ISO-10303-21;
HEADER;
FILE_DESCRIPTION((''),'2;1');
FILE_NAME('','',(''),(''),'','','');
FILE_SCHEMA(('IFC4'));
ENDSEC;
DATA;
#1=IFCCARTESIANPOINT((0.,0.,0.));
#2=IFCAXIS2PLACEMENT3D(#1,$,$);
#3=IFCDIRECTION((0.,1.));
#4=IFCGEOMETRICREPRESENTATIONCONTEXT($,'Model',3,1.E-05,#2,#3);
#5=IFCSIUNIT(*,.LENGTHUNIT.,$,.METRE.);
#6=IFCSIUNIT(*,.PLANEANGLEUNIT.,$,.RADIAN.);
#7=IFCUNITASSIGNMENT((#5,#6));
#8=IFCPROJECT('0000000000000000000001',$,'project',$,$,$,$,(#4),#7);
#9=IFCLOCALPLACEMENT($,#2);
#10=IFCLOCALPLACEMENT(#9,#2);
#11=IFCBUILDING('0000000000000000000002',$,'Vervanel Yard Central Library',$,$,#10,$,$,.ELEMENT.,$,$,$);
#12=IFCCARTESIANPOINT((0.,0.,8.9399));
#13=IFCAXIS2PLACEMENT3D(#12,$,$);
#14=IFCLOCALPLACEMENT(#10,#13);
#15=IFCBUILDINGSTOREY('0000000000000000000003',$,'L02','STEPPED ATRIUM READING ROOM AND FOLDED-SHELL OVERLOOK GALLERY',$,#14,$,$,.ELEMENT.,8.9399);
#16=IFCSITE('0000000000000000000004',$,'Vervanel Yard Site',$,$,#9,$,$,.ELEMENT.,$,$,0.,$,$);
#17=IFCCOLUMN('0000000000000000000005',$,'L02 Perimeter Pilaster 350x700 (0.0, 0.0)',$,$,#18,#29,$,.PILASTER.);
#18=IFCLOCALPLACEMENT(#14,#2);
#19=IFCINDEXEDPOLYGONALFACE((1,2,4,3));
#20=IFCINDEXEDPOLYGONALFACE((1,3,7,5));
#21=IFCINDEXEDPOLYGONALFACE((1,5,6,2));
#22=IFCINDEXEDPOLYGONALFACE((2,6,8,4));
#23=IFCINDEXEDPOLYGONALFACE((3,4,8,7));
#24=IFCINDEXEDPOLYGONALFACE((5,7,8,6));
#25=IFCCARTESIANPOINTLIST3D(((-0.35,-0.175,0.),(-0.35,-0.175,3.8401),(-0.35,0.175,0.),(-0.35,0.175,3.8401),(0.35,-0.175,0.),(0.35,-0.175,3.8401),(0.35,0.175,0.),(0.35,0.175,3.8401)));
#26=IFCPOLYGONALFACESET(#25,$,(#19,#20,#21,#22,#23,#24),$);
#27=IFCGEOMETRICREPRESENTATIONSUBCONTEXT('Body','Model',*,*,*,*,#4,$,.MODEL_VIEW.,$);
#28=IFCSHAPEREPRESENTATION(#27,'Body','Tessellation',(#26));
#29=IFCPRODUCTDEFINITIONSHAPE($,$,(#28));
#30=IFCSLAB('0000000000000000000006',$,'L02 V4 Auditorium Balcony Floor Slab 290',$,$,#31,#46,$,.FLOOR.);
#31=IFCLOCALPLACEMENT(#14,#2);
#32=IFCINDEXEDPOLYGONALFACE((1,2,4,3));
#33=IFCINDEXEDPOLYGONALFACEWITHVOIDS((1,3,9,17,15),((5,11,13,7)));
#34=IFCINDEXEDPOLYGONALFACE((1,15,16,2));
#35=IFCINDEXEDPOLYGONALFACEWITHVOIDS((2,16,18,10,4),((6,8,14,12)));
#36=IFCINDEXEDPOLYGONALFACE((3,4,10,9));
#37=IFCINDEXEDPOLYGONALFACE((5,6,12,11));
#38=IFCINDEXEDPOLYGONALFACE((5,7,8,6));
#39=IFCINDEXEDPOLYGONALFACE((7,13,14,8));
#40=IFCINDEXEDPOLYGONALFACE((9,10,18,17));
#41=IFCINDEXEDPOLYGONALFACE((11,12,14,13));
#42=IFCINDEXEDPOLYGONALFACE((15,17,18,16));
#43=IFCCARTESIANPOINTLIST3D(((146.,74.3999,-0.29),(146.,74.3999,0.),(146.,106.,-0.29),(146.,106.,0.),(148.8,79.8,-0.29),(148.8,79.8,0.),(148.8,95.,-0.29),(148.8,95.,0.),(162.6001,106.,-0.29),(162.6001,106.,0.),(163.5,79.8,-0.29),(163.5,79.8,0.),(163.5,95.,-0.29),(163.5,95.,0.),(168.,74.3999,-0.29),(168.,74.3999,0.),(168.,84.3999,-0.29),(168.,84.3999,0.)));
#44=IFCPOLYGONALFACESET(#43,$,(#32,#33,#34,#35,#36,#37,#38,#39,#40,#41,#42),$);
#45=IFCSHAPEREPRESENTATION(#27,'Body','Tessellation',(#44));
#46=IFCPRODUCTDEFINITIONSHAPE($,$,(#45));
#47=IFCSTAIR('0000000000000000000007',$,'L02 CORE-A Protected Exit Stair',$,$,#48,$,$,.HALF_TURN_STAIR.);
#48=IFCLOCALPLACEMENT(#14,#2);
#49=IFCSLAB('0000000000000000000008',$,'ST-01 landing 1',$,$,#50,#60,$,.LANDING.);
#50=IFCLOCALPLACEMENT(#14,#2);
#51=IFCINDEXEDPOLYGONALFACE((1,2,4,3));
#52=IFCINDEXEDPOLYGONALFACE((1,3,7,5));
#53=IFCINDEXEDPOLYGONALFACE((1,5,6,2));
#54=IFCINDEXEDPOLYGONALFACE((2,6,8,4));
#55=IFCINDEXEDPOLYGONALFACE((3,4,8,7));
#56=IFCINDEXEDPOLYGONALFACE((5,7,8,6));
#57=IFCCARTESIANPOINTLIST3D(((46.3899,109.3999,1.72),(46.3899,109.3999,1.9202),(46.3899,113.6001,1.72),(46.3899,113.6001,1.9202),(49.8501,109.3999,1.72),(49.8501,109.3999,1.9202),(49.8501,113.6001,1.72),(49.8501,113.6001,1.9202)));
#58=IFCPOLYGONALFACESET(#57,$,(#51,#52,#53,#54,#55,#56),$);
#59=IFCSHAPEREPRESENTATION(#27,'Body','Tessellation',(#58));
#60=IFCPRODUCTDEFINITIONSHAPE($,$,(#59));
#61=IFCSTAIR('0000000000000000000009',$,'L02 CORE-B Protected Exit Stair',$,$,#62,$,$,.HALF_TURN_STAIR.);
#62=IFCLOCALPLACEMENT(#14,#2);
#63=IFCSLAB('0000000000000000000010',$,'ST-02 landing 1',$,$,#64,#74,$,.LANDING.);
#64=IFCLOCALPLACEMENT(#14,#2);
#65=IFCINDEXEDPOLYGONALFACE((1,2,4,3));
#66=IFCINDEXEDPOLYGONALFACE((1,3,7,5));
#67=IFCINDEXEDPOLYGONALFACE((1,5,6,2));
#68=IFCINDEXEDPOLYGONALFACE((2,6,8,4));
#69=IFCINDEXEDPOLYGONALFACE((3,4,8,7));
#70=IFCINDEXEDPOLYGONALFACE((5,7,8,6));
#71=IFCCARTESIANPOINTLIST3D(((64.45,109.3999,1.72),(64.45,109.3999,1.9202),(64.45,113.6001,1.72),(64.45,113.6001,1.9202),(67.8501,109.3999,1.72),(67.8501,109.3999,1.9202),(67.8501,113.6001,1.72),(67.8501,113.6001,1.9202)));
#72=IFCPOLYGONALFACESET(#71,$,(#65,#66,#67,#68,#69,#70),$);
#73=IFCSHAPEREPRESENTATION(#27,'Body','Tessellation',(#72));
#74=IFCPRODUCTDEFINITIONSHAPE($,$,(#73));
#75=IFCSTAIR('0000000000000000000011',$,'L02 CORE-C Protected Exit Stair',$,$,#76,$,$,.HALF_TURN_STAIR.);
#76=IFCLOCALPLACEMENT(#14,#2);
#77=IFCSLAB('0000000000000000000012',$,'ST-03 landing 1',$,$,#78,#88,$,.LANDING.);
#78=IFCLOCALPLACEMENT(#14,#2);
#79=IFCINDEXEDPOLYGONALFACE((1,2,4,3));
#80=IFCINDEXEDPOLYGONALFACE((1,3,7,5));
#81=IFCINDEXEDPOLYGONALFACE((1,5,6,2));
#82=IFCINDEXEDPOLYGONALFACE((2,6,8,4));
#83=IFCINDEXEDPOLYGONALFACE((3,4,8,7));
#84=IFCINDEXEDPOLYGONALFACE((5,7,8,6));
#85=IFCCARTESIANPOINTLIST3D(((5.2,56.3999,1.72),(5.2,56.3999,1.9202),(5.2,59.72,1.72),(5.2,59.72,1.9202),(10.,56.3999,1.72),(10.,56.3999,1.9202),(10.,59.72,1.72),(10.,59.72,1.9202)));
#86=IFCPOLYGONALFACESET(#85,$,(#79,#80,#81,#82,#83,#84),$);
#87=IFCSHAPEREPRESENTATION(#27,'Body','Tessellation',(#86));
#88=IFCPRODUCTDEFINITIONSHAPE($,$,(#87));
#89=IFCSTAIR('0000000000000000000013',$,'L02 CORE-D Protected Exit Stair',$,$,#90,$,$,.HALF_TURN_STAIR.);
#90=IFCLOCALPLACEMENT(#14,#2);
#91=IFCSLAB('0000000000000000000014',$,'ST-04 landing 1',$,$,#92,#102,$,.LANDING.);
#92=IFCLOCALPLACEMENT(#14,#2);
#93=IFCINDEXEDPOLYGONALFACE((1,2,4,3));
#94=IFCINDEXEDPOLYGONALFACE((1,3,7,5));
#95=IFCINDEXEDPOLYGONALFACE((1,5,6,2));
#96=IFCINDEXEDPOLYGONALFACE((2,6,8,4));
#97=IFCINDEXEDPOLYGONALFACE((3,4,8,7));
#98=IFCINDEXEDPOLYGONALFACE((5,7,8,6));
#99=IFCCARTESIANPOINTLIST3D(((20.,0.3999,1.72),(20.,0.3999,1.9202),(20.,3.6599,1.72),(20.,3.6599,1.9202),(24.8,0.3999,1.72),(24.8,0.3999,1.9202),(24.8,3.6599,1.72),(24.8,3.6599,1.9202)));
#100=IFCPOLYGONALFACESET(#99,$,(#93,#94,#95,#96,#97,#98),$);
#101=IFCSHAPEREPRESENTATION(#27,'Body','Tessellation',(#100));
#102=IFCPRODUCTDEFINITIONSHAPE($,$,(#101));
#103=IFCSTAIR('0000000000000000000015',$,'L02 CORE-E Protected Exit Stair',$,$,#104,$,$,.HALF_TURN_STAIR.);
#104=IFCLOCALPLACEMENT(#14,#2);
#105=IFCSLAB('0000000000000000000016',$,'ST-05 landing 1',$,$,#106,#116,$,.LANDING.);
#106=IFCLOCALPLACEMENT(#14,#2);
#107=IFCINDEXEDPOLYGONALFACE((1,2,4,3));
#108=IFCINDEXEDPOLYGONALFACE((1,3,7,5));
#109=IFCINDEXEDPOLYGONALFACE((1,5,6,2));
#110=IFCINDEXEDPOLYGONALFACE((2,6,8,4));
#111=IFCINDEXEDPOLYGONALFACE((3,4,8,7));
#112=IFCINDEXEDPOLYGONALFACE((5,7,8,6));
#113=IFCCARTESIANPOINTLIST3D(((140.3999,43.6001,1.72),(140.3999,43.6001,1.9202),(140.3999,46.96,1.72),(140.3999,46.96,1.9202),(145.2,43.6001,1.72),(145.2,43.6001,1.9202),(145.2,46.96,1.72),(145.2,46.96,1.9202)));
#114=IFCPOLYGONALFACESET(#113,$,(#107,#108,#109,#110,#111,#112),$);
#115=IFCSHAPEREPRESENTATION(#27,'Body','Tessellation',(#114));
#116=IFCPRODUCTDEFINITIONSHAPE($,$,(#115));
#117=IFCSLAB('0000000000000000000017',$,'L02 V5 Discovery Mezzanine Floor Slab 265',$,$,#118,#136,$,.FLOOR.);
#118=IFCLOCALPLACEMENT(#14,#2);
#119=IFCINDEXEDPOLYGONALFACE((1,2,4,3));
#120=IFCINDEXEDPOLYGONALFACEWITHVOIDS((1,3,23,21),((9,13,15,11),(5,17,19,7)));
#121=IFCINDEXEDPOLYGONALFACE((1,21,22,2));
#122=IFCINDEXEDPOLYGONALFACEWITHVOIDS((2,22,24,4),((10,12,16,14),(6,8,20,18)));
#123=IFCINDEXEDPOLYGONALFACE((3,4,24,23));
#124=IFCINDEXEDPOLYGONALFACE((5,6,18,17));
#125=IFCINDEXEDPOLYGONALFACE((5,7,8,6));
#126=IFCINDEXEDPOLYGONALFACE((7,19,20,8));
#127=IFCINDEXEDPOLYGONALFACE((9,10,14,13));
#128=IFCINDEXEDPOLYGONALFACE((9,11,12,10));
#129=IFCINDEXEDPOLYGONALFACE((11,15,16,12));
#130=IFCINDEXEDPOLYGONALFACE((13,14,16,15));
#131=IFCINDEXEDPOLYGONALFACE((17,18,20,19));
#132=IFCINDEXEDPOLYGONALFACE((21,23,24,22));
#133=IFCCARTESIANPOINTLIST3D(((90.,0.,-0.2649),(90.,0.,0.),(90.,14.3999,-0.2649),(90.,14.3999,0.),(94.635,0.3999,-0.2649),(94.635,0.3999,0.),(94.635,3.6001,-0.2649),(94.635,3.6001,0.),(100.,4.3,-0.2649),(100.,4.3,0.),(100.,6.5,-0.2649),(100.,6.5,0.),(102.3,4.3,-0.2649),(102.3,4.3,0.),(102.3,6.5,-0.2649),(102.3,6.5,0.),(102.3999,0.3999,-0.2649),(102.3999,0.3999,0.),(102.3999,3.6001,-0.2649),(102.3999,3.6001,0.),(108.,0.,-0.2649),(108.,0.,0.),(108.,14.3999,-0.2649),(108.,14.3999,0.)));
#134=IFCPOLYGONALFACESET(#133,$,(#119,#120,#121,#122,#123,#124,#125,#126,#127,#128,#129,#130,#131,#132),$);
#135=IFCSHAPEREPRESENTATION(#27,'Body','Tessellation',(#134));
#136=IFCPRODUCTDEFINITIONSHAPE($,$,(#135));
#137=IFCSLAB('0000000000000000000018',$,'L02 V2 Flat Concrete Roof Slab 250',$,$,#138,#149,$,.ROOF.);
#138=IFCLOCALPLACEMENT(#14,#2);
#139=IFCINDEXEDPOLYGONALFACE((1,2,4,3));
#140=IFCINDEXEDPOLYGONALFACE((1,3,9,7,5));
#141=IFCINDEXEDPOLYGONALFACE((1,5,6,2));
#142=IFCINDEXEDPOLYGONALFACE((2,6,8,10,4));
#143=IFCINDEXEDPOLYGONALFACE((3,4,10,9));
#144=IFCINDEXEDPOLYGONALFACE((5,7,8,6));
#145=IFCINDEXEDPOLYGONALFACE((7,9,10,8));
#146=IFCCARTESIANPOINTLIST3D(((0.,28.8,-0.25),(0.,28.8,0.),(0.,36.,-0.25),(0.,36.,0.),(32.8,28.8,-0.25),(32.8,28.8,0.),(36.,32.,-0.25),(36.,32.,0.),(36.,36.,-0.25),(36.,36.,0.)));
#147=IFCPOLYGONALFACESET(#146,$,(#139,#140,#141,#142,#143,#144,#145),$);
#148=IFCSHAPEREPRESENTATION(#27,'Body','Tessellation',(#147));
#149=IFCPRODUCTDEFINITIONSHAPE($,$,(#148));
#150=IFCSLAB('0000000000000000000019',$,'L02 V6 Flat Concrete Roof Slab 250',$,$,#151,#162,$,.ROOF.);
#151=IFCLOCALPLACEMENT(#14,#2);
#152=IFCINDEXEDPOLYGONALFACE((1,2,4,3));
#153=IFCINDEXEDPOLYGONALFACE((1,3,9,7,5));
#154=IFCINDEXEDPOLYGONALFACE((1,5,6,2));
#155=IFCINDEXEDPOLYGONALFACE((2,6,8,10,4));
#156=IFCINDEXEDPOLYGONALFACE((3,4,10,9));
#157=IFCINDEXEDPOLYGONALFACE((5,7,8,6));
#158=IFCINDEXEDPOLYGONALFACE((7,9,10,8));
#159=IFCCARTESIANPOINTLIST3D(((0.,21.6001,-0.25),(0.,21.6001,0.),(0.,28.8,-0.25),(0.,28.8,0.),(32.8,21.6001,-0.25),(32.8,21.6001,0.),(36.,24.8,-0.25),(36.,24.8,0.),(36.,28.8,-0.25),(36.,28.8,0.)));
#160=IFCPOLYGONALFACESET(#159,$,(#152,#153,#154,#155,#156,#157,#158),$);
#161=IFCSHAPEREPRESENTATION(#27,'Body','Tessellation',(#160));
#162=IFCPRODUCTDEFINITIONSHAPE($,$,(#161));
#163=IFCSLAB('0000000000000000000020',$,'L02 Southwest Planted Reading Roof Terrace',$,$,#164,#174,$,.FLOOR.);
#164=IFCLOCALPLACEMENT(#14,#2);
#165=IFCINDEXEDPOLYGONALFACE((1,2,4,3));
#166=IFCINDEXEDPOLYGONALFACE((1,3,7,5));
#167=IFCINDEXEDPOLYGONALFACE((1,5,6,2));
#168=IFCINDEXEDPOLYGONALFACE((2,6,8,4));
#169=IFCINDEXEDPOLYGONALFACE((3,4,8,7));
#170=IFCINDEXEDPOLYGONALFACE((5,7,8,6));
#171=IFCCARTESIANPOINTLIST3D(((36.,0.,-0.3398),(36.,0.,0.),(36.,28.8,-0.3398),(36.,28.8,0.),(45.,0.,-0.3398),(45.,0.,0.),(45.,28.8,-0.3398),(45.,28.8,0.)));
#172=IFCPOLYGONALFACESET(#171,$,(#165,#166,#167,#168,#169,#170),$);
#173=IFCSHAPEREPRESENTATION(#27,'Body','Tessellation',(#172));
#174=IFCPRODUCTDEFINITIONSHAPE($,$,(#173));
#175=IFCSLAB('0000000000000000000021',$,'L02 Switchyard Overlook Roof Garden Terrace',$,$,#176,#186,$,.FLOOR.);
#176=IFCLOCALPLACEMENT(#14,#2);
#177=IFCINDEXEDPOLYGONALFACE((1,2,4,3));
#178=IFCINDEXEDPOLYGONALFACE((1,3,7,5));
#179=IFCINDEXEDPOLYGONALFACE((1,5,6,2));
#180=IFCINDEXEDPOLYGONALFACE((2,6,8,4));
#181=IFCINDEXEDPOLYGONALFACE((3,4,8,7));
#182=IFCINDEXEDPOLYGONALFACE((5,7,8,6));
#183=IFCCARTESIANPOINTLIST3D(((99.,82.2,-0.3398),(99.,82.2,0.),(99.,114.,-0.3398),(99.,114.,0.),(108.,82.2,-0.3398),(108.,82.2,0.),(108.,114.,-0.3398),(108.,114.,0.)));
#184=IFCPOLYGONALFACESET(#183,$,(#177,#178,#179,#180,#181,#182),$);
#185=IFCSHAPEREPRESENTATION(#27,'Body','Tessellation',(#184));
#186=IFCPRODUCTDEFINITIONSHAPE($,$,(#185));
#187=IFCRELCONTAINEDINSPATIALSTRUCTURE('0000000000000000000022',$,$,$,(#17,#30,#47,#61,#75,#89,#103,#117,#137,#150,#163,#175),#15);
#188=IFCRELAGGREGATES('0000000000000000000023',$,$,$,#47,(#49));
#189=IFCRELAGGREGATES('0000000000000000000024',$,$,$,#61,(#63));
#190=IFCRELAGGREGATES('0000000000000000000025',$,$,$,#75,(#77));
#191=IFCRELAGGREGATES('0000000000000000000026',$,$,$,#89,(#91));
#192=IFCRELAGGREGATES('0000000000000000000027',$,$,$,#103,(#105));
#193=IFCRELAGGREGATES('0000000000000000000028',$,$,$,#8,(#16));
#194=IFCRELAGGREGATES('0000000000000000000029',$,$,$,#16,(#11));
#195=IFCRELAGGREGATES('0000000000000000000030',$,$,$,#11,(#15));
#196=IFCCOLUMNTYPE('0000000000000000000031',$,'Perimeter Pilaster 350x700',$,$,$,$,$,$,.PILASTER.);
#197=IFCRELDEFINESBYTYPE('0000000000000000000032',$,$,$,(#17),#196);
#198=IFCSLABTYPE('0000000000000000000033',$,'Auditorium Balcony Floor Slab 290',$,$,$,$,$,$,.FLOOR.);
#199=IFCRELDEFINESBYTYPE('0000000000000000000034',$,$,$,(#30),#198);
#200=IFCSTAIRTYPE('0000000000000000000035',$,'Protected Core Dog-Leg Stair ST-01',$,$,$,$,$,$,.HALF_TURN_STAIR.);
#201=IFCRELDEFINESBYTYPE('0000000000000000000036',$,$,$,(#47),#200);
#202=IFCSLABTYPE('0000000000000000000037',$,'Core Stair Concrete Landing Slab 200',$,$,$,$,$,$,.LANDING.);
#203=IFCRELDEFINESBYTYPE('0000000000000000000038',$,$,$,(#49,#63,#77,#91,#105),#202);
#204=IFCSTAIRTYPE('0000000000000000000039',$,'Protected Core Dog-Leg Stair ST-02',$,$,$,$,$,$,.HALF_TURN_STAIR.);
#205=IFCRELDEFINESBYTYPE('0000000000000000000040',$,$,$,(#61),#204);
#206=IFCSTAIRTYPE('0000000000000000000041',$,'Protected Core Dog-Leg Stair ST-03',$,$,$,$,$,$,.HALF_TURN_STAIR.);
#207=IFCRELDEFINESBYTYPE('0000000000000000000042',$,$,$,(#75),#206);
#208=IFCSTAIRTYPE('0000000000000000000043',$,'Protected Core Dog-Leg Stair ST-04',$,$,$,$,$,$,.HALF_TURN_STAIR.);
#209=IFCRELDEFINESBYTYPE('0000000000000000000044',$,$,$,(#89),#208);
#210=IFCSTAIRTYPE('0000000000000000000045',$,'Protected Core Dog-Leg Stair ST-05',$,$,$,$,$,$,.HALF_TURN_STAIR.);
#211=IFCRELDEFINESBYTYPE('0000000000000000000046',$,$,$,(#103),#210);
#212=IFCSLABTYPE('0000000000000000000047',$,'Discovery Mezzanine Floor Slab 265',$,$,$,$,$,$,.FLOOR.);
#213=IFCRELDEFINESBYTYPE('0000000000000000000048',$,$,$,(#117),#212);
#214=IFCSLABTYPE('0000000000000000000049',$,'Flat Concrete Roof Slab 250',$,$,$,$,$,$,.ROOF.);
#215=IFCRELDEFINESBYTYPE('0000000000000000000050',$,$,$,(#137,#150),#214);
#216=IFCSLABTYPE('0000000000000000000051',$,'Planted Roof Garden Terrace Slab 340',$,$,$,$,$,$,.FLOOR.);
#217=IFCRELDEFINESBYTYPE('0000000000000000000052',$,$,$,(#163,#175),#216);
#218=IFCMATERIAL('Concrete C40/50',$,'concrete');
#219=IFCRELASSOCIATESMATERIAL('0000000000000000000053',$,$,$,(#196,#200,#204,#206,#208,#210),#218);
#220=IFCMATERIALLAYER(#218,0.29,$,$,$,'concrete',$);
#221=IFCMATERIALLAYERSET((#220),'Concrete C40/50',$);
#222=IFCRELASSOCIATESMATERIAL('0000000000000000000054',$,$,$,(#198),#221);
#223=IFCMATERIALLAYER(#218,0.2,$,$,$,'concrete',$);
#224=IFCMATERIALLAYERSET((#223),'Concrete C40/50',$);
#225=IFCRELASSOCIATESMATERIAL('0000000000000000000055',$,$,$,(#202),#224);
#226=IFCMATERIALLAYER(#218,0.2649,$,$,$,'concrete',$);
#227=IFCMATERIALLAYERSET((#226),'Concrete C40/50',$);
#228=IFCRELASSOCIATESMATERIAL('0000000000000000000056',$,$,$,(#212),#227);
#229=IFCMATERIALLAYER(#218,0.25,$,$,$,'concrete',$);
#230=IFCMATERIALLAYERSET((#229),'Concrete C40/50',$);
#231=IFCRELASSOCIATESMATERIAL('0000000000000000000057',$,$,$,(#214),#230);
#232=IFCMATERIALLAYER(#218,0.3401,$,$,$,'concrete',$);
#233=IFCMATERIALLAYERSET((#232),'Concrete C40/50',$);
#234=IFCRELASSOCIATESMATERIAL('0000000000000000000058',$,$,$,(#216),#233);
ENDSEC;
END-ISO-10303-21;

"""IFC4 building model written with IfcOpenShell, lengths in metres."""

from ifc_helpers import new_model, si_unit, direction, frame, origin, origin_2d, place, context, subcontext, project, spatial, polyline, rectangle, outline, extrude, material, layer, layer_set, material_profile, profile_set, type_object, element, aggregate, save


model = new_model("IFC4")

# Units and contexts
model_context = context("Model", 3, precision=1e-05, world=origin(), true_north=direction((0.0, 1.0)))
body_context = subcontext(model_context, "Body", "Model", "MODEL_VIEW")
ifc_project = project(units=[si_unit("LENGTHUNIT", "METRE"), si_unit("PLANEANGLEUNIT", "RADIAN")], contexts=[model_context])

# Site, building, storey
site_placement = place(None, origin())
site = spatial("IfcSite", under=ifc_project, at=site_placement, Name="Vervanel Yard Site", CompositionType="ELEMENT", RefElevation=0.0)
building_placement = place(site_placement, origin())
building = spatial("IfcBuilding", under=site, at=building_placement, Name="Vervanel Yard Central Library", CompositionType="ELEMENT")
storey_placement = place(building_placement, frame((0.0, 0.0, 8.9399)))
storey = spatial("IfcBuildingStorey", under=building, at=storey_placement, Name="L02", Description="STEPPED ATRIUM READING ROOM AND FOLDED-SHELL OVERLOOK GALLERY", CompositionType="ELEMENT", Elevation=8.9399)

# Column
ifc_material_1 = material(Name="Concrete C40/50", Category="concrete")
ifc_material_profile = material_profile(ifc_material_1, rectangle(XDim=0.3501, YDim=0.7, at=origin_2d()), Name="RC 350x700", Category="concrete")
ifc_profile_set = profile_set([ifc_material_profile], Name="Concrete C40/50")
column_type = type_object("IfcColumnType", Name="Perimeter Pilaster 350x700", PredefinedType="PILASTER", material=ifc_profile_set)
column_placement = place(storey_placement, frame((0.0, 0.0, 0.0), z_axis=(0.0, 0.0, 1.0), x_axis=(0.0, 1.0, 0.0)))
element("IfcColumn", 1, at=column_placement, inside=storey, type_object=column_type, Name="L02 Perimeter Pilaster 350x700 (0.0, 0.0)", PredefinedType="PILASTER", context=body_context, shape_type="SweptSolid", body=[
    extrude(rectangle(XDim=0.3501, YDim=0.7, at=origin_2d()), origin(), (0.0, 0.0, 1.0), 3.8401),
])

# Slab
ifc_layer_1 = layer(ifc_material_1, 0.29, Category="concrete")
ifc_layer_set_1 = layer_set([ifc_layer_1], Name="Concrete C40/50")
slab_type_1 = type_object("IfcSlabType", Name="Auditorium Balcony Floor Slab 290", PredefinedType="FLOOR", material=ifc_layer_set_1)
slab_1_placement = place(storey_placement, frame((0.0, 0.0, -0.29)))
element("IfcSlab", 2, at=slab_1_placement, inside=storey, type_object=slab_type_1, Name="L02 V4 Auditorium Balcony Floor Slab 290", PredefinedType="FLOOR", context=body_context, shape_type="SweptSolid", body=[
    extrude(outline(polyline([(146.0, 74.3999), (168.0, 74.3999), (168.0, 84.3999), (162.6001, 106.0), (146.0, 106.0), (146.0, 74.3999)]), holes=[polyline([(148.8, 79.8), (163.5, 79.8), (163.5, 95.0), (148.8, 95.0), (148.8, 79.8)])]), origin(), (0.0, 0.0, 1.0), 0.29),
])

# Stairs, slabs
stair_type_1 = type_object("IfcStairType", Name="Protected Core Dog-Leg Stair ST-01", PredefinedType="HALF_TURN_STAIR", material=ifc_material_1)
stair_1_placement = place(storey_placement, origin())
stair_1 = element("IfcStair", 3, at=stair_1_placement, inside=storey, type_object=stair_type_1, Name="L02 CORE-A Protected Exit Stair", PredefinedType="HALF_TURN_STAIR")
ifc_layer_2 = layer(ifc_material_1, 0.2, Category="concrete")
ifc_layer_set_2 = layer_set([ifc_layer_2], Name="Concrete C40/50")
slab_type_2 = type_object("IfcSlabType", Name="Core Stair Concrete Landing Slab 200", PredefinedType="LANDING", material=ifc_layer_set_2)
slab_2_placement = place(storey_placement, frame((0.0, 0.0, 1.72)))
slab_2 = element("IfcSlab", 4, at=slab_2_placement, type_object=slab_type_2, Name="ST-01 landing 1", PredefinedType="LANDING", context=body_context, shape_type="SweptSolid", body=[
    extrude(outline(polyline([(49.8501, 109.3999), (49.8501, 113.6001), (46.3899, 113.6001), (46.3899, 109.3999), (49.8501, 109.3999)])), origin(), (0.0, 0.0, 1.0), 0.2002),
])
aggregate(stair_1, [slab_2])
stair_type_2 = type_object("IfcStairType", Name="Protected Core Dog-Leg Stair ST-02", PredefinedType="HALF_TURN_STAIR", material=ifc_material_1)
stair_2_placement = place(storey_placement, origin())
stair_2 = element("IfcStair", 5, at=stair_2_placement, inside=storey, type_object=stair_type_2, Name="L02 CORE-B Protected Exit Stair", PredefinedType="HALF_TURN_STAIR")
slab_3_placement = place(storey_placement, frame((0.0, 0.0, 1.72)))
slab_3 = element("IfcSlab", 6, at=slab_3_placement, type_object=slab_type_2, Name="ST-02 landing 1", PredefinedType="LANDING", context=body_context, shape_type="SweptSolid", body=[
    extrude(outline(polyline([(67.8501, 109.3999), (67.8501, 113.6001), (64.45, 113.6001), (64.45, 109.3999), (67.8501, 109.3999)])), origin(), (0.0, 0.0, 1.0), 0.2002),
])
aggregate(stair_2, [slab_3])
stair_type_3 = type_object("IfcStairType", Name="Protected Core Dog-Leg Stair ST-03", PredefinedType="HALF_TURN_STAIR", material=ifc_material_1)
stair_3_placement = place(storey_placement, origin())
stair_3 = element("IfcStair", 7, at=stair_3_placement, inside=storey, type_object=stair_type_3, Name="L02 CORE-C Protected Exit Stair", PredefinedType="HALF_TURN_STAIR")
slab_4_placement = place(storey_placement, frame((0.0, 0.0, 1.72)))
slab_4 = element("IfcSlab", 8, at=slab_4_placement, type_object=slab_type_2, Name="ST-03 landing 1", PredefinedType="LANDING", context=body_context, shape_type="SweptSolid", body=[
    extrude(outline(polyline([(5.2, 56.3999), (10.0, 56.3999), (10.0, 59.72), (5.2, 59.72), (5.2, 56.3999)])), origin(), (0.0, 0.0, 1.0), 0.2002),
])
aggregate(stair_3, [slab_4])
stair_type_4 = type_object("IfcStairType", Name="Protected Core Dog-Leg Stair ST-04", PredefinedType="HALF_TURN_STAIR", material=ifc_material_1)
stair_4_placement = place(storey_placement, origin())
stair_4 = element("IfcStair", 9, at=stair_4_placement, inside=storey, type_object=stair_type_4, Name="L02 CORE-D Protected Exit Stair", PredefinedType="HALF_TURN_STAIR")
slab_5_placement = place(storey_placement, frame((0.0, 0.0, 1.72)))
slab_5 = element("IfcSlab", 10, at=slab_5_placement, type_object=slab_type_2, Name="ST-04 landing 1", PredefinedType="LANDING", context=body_context, shape_type="SweptSolid", body=[
    extrude(outline(polyline([(20.0, 0.3999), (24.8, 0.3999), (24.8, 3.6599), (20.0, 3.6599), (20.0, 0.3999)])), origin(), (0.0, 0.0, 1.0), 0.2002),
])
aggregate(stair_4, [slab_5])
stair_type_5 = type_object("IfcStairType", Name="Protected Core Dog-Leg Stair ST-05", PredefinedType="HALF_TURN_STAIR", material=ifc_material_1)
stair_5_placement = place(storey_placement, origin())
stair_5 = element("IfcStair", 11, at=stair_5_placement, inside=storey, type_object=stair_type_5, Name="L02 CORE-E Protected Exit Stair", PredefinedType="HALF_TURN_STAIR")
slab_6_placement = place(storey_placement, frame((0.0, 0.0, 1.72)))
slab_6 = element("IfcSlab", 12, at=slab_6_placement, type_object=slab_type_2, Name="ST-05 landing 1", PredefinedType="LANDING", context=body_context, shape_type="SweptSolid", body=[
    extrude(outline(polyline([(140.3999, 43.6001), (145.2, 43.6001), (145.2, 46.96), (140.3999, 46.96), (140.3999, 43.6001)])), origin(), (0.0, 0.0, 1.0), 0.2002),
])
aggregate(stair_5, [slab_6])

# Slabs
ifc_layer_3 = layer(ifc_material_1, 0.2649, Category="concrete")
ifc_layer_set_3 = layer_set([ifc_layer_3], Name="Concrete C40/50")
slab_type_3 = type_object("IfcSlabType", Name="Discovery Mezzanine Floor Slab 265", PredefinedType="FLOOR", material=ifc_layer_set_3)
slab_7_placement = place(storey_placement, frame((0.0, 0.0, -0.2649)))
element("IfcSlab", 13, at=slab_7_placement, inside=storey, type_object=slab_type_3, Name="L02 V5 Discovery Mezzanine Floor Slab 265", PredefinedType="FLOOR", context=body_context, shape_type="SweptSolid", body=[
    extrude(outline(polyline([(90.0, 0.0), (108.0, 0.0), (108.0, 14.3999), (90.0, 14.3999), (90.0, 0.0)]), holes=[polyline([(94.635, 0.3999), (102.3999, 0.3999), (102.3999, 3.6001), (94.635, 3.6001), (94.635, 0.3999)]), polyline([(100.0, 4.3), (102.3, 4.3), (102.3, 6.5), (100.0, 6.5), (100.0, 4.3)])]), origin(), (0.0, 0.0, 1.0), 0.2649),
])
ifc_layer_4 = layer(ifc_material_1, 0.25, Category="concrete")
ifc_layer_set_4 = layer_set([ifc_layer_4], Name="Concrete C40/50")
slab_type_4 = type_object("IfcSlabType", Name="Flat Concrete Roof Slab 250", PredefinedType="ROOF", material=ifc_layer_set_4)
slab_8_placement = place(storey_placement, frame((0.0, 0.0, -0.25)))
element("IfcSlab", 14, at=slab_8_placement, inside=storey, type_object=slab_type_4, Name="L02 V2 Flat Concrete Roof Slab 250", PredefinedType="ROOF", context=body_context, shape_type="SweptSolid", body=[
    extrude(outline(polyline([(0.0, 28.8), (32.8, 28.8), (36.0, 32.0), (36.0, 36.0), (0.0, 36.0), (0.0, 28.8)])), origin(), (0.0, 0.0, 1.0), 0.25),
])
slab_9_placement = place(storey_placement, frame((0.0, 0.0, -0.25)))
element("IfcSlab", 15, at=slab_9_placement, inside=storey, type_object=slab_type_4, Name="L02 V6 Flat Concrete Roof Slab 250", PredefinedType="ROOF", context=body_context, shape_type="SweptSolid", body=[
    extrude(outline(polyline([(0.0, 21.6001), (32.8, 21.6001), (36.0, 24.8), (36.0, 28.8), (0.0, 28.8), (0.0, 21.6001)])), origin(), (0.0, 0.0, 1.0), 0.25),
])
ifc_layer_5 = layer(ifc_material_1, 0.3401, Category="concrete")
ifc_layer_set_5 = layer_set([ifc_layer_5], Name="Concrete C40/50")
slab_type_5 = type_object("IfcSlabType", Name="Planted Roof Garden Terrace Slab 340", PredefinedType="FLOOR", material=ifc_layer_set_5)
slab_10_placement = place(storey_placement, frame((0.0, 0.0, -0.3398)))
element("IfcSlab", 16, at=slab_10_placement, inside=storey, type_object=slab_type_5, Name="L02 Southwest Planted Reading Roof Terrace", PredefinedType="FLOOR", context=body_context, shape_type="SweptSolid", body=[
    extrude(outline(polyline([(36.0, 0.0), (45.0, 0.0), (45.0, 28.8), (36.0, 28.8), (36.0, 0.0)])), origin(), (0.0, 0.0, 1.0), 0.3398),
])
slab_11_placement = place(storey_placement, frame((0.0, 0.0, -0.3398)))
element("IfcSlab", 17, at=slab_11_placement, inside=storey, type_object=slab_type_5, Name="L02 Switchyard Overlook Roof Garden Terrace", PredefinedType="FLOOR", context=body_context, shape_type="SweptSolid", body=[
    extrude(outline(polyline([(99.0, 82.2), (108.0, 82.2), (108.0, 114.0), (99.0, 114.0), (99.0, 82.2)])), origin(), (0.0, 0.0, 1.0), 0.3398),
])

save(model, "model.ifc")
